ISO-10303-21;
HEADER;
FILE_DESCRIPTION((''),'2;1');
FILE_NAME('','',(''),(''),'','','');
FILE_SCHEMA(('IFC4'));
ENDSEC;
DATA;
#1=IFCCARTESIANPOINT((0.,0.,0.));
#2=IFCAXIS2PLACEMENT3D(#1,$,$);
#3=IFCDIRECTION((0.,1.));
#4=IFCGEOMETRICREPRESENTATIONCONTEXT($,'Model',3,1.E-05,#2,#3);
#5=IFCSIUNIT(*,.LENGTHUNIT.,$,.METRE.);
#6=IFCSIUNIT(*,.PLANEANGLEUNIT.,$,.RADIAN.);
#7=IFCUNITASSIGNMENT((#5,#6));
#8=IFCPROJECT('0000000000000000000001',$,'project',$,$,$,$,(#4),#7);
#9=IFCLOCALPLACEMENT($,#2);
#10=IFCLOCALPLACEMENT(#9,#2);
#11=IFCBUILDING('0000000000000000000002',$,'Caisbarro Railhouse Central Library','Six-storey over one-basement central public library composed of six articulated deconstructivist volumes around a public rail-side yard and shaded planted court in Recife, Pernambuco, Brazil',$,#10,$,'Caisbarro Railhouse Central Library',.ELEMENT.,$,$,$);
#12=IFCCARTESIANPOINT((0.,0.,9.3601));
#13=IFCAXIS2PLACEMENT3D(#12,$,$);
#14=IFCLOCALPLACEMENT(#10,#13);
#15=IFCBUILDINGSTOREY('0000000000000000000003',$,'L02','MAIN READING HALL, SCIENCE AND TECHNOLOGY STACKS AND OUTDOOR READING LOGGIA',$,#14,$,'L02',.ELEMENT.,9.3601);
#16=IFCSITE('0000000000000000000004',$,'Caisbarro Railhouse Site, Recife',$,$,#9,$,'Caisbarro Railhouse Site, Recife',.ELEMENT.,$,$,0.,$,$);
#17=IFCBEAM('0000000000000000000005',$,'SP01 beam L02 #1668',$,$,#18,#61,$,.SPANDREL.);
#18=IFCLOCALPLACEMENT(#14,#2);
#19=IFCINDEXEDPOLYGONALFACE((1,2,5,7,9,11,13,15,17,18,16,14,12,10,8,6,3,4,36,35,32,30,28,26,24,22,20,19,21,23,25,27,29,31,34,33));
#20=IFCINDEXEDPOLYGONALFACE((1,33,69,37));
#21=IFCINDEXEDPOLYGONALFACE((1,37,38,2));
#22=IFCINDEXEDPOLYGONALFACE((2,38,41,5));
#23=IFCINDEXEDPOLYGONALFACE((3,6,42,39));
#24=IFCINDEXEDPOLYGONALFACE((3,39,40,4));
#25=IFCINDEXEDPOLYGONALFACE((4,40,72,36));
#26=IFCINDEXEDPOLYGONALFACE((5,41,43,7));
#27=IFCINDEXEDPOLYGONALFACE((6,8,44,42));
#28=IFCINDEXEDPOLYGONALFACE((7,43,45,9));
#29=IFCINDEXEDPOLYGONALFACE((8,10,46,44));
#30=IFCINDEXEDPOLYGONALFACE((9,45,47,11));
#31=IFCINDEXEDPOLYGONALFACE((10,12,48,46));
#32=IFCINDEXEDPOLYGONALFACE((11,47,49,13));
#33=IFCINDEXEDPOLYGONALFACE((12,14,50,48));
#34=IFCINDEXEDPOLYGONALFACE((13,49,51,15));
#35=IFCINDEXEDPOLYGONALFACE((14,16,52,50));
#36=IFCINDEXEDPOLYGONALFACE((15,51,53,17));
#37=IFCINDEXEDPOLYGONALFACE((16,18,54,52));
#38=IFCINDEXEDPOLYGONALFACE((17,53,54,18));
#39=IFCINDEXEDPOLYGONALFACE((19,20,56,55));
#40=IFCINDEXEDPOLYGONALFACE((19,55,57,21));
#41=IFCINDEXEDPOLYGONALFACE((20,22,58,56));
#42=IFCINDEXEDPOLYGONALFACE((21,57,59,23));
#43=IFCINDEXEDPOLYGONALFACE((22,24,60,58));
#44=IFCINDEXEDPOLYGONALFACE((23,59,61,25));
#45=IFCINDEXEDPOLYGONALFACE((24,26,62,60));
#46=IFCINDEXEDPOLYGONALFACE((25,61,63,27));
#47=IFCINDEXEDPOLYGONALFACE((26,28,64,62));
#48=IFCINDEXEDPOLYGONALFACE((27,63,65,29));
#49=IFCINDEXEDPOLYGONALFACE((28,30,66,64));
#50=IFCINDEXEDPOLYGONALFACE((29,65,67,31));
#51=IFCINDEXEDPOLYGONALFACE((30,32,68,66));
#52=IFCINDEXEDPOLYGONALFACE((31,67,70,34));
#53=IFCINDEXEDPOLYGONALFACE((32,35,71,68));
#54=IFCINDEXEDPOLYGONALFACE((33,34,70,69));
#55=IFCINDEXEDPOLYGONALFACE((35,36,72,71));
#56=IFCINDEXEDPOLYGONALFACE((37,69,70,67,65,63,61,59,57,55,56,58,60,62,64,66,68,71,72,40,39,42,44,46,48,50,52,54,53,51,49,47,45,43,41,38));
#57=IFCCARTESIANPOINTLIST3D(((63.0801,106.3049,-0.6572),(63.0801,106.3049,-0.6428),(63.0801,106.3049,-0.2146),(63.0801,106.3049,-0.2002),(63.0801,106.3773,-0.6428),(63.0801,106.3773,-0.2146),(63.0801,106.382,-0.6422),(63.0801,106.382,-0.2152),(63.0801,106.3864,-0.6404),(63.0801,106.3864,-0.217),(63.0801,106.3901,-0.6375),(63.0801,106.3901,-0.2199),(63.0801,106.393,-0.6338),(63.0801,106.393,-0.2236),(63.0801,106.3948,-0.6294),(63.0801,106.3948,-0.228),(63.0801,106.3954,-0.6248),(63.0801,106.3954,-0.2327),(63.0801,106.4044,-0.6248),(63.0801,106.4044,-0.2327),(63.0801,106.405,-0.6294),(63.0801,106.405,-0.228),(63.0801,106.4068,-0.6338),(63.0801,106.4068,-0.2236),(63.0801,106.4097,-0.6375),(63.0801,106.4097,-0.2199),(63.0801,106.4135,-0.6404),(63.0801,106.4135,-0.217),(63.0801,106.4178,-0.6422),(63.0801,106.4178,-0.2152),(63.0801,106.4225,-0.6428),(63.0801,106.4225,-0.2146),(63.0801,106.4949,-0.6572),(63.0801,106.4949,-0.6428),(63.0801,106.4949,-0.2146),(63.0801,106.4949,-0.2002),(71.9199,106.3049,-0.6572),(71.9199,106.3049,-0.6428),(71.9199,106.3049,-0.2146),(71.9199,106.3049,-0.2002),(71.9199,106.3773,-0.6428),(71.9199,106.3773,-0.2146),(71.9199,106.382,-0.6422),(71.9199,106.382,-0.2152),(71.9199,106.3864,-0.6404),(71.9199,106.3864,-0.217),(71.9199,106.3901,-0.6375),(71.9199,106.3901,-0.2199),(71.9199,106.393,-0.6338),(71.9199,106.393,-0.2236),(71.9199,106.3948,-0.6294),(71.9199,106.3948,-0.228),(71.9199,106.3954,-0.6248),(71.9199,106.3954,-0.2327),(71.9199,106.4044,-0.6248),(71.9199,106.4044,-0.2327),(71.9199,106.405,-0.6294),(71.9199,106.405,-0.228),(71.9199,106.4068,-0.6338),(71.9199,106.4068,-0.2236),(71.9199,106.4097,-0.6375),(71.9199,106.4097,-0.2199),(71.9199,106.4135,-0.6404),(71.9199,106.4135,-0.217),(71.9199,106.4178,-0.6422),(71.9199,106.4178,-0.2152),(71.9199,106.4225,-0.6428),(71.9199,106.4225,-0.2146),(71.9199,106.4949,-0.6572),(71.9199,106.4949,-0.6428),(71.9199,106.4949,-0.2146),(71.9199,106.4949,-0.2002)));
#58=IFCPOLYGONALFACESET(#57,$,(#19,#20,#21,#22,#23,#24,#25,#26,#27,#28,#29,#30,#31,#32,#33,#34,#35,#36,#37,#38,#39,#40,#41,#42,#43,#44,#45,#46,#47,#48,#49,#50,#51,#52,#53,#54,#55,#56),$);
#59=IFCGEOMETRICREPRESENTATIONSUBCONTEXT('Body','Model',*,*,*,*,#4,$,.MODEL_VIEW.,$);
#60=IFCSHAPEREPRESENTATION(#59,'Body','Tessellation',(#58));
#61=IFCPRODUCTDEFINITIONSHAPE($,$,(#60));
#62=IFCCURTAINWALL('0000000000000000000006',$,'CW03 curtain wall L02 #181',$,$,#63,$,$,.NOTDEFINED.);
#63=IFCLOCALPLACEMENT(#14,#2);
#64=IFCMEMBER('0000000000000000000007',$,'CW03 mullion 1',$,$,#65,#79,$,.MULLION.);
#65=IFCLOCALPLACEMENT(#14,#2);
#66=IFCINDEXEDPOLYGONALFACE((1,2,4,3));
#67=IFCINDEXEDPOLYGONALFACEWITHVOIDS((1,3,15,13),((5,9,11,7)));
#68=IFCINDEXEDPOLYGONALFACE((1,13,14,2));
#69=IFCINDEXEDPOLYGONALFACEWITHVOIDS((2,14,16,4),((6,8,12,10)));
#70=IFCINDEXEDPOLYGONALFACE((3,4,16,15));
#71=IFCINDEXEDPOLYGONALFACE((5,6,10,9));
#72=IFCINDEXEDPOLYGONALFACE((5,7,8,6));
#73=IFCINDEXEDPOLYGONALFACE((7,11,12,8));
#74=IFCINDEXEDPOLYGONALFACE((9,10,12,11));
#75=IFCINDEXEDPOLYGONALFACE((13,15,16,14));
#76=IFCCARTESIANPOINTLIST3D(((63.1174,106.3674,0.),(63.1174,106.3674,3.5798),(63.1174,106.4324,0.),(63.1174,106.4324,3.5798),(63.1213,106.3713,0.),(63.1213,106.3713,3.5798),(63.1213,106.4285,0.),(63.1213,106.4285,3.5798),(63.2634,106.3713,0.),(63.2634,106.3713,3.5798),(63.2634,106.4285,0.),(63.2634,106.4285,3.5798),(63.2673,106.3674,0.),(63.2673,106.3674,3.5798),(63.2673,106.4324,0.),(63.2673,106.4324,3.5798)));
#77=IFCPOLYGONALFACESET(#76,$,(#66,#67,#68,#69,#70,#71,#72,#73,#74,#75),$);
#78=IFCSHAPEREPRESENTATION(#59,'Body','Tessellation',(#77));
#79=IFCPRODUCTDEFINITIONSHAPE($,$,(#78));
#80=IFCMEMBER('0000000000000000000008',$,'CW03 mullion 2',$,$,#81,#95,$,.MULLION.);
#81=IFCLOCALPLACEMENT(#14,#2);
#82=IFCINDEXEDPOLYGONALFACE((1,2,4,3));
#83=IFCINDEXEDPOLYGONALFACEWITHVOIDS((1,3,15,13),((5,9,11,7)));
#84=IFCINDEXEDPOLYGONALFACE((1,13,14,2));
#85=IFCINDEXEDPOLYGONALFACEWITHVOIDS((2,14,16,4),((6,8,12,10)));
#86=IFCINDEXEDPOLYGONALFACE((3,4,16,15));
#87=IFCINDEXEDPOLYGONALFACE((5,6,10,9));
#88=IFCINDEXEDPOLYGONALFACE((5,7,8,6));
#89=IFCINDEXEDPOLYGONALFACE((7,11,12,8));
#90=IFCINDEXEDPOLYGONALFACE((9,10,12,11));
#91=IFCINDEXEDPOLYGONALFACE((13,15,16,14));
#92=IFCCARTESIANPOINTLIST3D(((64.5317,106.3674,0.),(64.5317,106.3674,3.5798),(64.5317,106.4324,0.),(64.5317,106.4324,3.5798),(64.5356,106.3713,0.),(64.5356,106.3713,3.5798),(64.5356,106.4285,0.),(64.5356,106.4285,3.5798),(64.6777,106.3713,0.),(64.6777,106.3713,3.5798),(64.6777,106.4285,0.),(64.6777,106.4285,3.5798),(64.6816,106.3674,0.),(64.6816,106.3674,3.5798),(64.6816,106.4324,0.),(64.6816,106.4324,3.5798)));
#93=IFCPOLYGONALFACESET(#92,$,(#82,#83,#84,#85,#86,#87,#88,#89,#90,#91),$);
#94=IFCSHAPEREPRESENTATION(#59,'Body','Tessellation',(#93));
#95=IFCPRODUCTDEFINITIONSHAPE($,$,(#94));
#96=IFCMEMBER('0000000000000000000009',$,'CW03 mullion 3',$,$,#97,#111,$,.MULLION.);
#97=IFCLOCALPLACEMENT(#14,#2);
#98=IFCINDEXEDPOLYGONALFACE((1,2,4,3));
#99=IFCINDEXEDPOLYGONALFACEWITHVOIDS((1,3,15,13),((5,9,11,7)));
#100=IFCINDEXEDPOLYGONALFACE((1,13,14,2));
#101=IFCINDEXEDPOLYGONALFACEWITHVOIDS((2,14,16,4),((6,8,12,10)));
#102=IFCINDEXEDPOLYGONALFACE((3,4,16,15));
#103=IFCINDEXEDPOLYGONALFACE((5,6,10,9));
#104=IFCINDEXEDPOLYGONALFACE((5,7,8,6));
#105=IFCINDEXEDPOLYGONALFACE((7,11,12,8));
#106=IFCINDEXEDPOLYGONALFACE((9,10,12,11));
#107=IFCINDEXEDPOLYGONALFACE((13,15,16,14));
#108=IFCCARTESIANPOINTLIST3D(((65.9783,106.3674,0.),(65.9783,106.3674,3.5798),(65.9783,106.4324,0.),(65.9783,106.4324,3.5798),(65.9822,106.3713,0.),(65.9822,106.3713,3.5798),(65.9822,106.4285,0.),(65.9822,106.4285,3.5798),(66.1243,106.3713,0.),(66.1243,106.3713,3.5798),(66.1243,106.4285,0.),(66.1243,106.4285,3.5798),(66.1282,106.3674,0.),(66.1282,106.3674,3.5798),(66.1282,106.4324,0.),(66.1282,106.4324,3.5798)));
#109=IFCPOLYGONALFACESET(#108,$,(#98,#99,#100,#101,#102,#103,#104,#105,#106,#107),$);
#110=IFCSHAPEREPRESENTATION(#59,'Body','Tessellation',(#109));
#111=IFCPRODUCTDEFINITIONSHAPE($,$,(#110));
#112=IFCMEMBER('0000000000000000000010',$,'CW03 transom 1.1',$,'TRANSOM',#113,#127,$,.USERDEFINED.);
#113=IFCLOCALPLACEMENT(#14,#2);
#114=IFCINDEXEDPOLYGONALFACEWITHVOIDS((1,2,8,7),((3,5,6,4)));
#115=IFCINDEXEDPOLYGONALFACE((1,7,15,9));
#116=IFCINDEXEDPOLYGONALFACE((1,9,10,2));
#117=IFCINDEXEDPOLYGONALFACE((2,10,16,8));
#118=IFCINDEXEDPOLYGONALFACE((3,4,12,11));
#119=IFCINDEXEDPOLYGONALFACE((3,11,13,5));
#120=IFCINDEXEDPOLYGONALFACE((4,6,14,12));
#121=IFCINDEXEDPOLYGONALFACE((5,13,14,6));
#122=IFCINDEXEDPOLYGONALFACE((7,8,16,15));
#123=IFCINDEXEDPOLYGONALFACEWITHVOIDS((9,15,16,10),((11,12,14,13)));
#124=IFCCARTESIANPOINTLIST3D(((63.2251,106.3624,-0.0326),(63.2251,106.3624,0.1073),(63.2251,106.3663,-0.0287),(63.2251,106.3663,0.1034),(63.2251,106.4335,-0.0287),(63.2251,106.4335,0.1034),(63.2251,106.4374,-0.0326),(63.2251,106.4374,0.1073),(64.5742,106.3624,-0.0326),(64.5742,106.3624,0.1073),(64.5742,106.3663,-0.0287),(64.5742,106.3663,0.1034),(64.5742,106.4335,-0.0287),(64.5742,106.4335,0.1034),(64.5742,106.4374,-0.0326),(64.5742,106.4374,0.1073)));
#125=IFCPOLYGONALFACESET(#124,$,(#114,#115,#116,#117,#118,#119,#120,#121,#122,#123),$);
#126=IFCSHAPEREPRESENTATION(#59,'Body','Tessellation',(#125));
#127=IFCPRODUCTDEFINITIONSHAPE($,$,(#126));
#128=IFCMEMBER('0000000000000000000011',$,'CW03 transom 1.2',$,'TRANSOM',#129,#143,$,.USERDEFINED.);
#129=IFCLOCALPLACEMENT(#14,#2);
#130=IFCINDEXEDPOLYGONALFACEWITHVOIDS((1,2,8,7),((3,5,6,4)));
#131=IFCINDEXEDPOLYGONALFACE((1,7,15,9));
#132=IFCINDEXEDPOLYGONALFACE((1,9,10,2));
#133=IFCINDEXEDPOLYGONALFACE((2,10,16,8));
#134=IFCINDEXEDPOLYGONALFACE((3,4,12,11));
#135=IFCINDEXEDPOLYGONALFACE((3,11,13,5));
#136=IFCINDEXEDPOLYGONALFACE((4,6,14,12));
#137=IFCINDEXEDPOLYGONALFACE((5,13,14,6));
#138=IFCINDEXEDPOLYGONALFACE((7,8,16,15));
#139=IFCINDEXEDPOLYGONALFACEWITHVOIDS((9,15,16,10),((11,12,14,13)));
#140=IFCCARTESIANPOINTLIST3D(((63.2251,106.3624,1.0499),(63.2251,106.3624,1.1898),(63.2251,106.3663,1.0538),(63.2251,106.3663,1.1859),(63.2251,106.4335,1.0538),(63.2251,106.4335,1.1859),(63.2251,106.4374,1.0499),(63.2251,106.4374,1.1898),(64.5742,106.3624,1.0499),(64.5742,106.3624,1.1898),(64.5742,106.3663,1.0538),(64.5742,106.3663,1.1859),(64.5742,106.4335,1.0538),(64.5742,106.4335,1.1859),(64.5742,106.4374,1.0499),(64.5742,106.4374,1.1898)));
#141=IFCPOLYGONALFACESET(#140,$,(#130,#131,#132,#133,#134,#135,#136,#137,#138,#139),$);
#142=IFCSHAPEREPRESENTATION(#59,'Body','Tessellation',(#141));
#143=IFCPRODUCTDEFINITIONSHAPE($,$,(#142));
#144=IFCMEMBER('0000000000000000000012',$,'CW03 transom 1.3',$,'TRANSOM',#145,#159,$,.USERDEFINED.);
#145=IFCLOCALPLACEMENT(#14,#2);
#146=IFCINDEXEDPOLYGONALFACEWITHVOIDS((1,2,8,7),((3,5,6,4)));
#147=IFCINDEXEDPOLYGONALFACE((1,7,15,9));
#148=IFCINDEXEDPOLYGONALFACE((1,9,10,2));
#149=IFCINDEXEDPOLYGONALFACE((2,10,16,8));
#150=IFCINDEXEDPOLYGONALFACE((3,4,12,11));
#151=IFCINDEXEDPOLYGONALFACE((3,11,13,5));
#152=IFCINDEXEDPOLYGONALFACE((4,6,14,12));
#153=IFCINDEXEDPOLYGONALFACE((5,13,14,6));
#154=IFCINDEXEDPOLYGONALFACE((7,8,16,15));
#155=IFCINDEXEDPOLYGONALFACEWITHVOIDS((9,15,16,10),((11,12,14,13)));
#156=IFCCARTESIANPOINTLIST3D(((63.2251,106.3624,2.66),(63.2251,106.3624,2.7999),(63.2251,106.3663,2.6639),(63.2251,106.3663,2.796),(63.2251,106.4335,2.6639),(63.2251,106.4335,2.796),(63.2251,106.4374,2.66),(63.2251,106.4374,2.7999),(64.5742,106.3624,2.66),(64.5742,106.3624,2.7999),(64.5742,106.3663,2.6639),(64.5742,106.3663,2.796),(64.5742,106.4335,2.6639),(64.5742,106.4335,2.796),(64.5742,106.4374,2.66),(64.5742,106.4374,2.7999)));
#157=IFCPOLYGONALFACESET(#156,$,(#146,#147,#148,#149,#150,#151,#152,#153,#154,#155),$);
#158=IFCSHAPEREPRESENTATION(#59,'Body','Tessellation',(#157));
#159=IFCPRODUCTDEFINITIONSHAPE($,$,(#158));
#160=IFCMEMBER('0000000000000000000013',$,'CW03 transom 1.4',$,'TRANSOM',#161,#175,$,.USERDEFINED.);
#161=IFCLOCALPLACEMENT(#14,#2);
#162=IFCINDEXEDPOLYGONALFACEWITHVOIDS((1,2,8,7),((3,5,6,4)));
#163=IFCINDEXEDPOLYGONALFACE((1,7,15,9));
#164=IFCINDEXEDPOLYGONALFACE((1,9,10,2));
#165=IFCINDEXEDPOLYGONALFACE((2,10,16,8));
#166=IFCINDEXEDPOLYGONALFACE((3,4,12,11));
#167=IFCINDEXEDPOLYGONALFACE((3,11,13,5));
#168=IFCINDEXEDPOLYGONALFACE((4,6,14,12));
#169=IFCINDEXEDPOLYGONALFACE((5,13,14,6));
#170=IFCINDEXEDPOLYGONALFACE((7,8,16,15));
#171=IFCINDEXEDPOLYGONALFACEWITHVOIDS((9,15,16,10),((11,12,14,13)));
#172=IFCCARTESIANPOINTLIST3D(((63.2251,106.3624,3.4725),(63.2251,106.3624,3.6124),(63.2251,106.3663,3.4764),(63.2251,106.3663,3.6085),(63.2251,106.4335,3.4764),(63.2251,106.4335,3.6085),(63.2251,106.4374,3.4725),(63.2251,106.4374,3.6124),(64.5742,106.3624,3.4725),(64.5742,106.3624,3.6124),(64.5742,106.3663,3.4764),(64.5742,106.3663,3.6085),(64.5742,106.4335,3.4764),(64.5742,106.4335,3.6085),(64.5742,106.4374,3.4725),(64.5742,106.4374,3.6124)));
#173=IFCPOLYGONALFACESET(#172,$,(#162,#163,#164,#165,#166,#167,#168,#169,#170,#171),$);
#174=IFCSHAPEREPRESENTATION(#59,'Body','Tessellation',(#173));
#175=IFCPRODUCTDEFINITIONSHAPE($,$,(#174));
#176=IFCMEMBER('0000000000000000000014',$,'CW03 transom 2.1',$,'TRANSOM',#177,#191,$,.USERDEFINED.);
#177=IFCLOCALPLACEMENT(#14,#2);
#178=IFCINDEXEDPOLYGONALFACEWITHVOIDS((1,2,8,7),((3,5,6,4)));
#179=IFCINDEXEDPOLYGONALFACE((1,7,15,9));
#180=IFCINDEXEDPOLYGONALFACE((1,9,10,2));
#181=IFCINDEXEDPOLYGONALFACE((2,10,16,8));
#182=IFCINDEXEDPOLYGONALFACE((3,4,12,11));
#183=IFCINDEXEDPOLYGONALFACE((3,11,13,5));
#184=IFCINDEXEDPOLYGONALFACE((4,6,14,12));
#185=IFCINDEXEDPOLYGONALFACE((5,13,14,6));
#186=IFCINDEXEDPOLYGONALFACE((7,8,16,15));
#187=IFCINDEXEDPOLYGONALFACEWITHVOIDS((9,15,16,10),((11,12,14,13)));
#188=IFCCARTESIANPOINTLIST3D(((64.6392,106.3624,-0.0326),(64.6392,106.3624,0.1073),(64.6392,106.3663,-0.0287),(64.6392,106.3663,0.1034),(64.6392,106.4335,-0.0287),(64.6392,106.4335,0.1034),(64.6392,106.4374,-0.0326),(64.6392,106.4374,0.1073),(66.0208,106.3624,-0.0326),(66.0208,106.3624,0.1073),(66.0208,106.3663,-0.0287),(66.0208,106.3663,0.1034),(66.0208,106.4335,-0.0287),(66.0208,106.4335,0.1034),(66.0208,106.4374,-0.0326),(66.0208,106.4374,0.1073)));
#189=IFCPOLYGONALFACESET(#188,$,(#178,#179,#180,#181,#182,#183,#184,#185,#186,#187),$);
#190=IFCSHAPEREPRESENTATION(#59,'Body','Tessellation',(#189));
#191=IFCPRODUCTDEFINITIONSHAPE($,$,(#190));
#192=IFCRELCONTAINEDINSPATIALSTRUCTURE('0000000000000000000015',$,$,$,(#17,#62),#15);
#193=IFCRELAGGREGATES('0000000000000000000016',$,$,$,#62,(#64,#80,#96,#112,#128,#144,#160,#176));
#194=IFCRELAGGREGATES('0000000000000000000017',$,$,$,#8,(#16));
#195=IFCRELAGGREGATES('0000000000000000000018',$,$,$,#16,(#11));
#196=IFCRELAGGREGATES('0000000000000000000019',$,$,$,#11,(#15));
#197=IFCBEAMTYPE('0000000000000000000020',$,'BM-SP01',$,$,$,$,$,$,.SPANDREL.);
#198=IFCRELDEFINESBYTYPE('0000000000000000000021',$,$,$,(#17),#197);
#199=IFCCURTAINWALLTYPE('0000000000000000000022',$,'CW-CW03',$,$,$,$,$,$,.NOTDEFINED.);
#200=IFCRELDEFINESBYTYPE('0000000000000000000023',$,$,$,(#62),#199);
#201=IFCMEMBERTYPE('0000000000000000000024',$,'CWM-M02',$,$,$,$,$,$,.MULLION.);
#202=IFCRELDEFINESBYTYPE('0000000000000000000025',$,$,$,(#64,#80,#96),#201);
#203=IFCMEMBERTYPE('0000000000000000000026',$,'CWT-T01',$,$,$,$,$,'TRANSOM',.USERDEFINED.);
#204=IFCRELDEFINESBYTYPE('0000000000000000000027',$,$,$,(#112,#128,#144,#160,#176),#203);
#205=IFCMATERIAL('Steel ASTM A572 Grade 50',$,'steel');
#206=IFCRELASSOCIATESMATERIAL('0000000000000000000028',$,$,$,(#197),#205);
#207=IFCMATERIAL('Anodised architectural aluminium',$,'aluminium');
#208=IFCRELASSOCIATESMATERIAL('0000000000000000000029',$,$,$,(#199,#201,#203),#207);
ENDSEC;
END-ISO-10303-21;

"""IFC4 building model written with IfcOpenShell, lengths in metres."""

from ifc_helpers import new_model, si_unit, direction, frame, origin, origin_2d, place, context, subcontext, project, spatial, hollow_rectangle, i_section, extrude, material, material_profile, profile_set, type_object, element, aggregate, save


model = new_model("IFC4")

# Units and contexts
model_context = context("Model", 3, precision=1e-05, world=origin(), true_north=direction((0.0, 1.0)))
body_context = subcontext(model_context, "Body", "Model", "MODEL_VIEW")
ifc_project = project(units=[si_unit("LENGTHUNIT", "METRE"), si_unit("PLANEANGLEUNIT", "RADIAN")], contexts=[model_context])

# Site, building, storey
site_placement = place(None, origin())
site = spatial("IfcSite", under=ifc_project, at=site_placement, Name="Caisbarro Railhouse Site, Recife", LongName="Caisbarro Railhouse Site, Recife", CompositionType="ELEMENT", RefElevation=0.0)
building_placement = place(site_placement, origin())
building = spatial("IfcBuilding", under=site, at=building_placement, Name="Caisbarro Railhouse Central Library", Description="Six-storey over one-basement central public library composed of six articulated deconstructivist volumes around a public rail-side yard and shaded planted court in Recife, Pernambuco, Brazil", LongName="Caisbarro Railhouse Central Library", CompositionType="ELEMENT")
storey_placement = place(building_placement, frame((0.0, 0.0, 9.3601)))
storey = spatial("IfcBuildingStorey", under=building, at=storey_placement, Name="L02", Description="MAIN READING HALL, SCIENCE AND TECHNOLOGY STACKS AND OUTDOOR READING LOGGIA", LongName="L02", CompositionType="ELEMENT", Elevation=9.3601)

# Shared definitions
ifc_material_1 = material(Name="Steel ASTM A572 Grade 50", Category="steel")

# Beam
ifc_material_profile_1 = material_profile(ifc_material_1, i_section(OverallWidth=0.1899, OverallDepth=0.457, WebThickness=0.009, FlangeThickness=0.0144, FilletRadius=0.0181, at=origin_2d()), Name="W460X74.0")
ifc_profile_set_1 = profile_set([ifc_material_profile_1], Name="Steel ASTM A572 Grade 50")
beam_type_1 = type_object("IfcBeamType", Name="BM-SP01", PredefinedType="SPANDREL", material=ifc_profile_set_1)
beam_1_placement = place(storey_placement, frame((63.0801, 106.3999, -0.4287), z_axis=(1.0, 0.0, 0.0), x_axis=(0.0, 1.0, 0.0)))
element("IfcBeam", 1, at=beam_1_placement, inside=storey, type_object=beam_type_1, Name="SP01 beam L02 #1668", PredefinedType="SPANDREL", context=body_context, shape_type="SweptSolid", body=[
    extrude(i_section(OverallWidth=0.1899, OverallDepth=0.457, WebThickness=0.009, FlangeThickness=0.0144, FilletRadius=0.0181, at=origin_2d()), origin(), (0.0, 0.0, 1.0), 8.8398),
])

# Curtain wall, members
ifc_material_2 = material(Name="Anodised architectural aluminium", Category="aluminium")
curtain_wall_type = type_object("IfcCurtainWallType", Name="CW-CW03", PredefinedType="NOTDEFINED", material=ifc_material_2)
curtain_wall_placement = place(storey_placement, origin())
curtain_wall = element("IfcCurtainWall", 2, at=curtain_wall_placement, inside=storey, type_object=curtain_wall_type, Name="CW03 curtain wall L02 #181", PredefinedType="NOTDEFINED")
ifc_material_profile_2 = material_profile(ifc_material_2, hollow_rectangle(XDim=0.0649, YDim=0.1499, WallThickness=0.0039, at=origin_2d()), Name="ALU-MUL-65X150")
ifc_profile_set_2 = profile_set([ifc_material_profile_2], Name="Anodised architectural aluminium")
member_type_1 = type_object("IfcMemberType", Name="CWM-M02", PredefinedType="MULLION", material=ifc_profile_set_2)
member_1_placement = place(storey_placement, frame((63.1924, 106.3999, 0.0), z_axis=(0.0, 0.0, 1.0), x_axis=(0.0, 1.0, 0.0)))
member_1 = element("IfcMember", 3, at=member_1_placement, type_object=member_type_1, Name="CW03 mullion 1", PredefinedType="MULLION", context=body_context, shape_type="SweptSolid", body=[
    extrude(hollow_rectangle(XDim=0.0649, YDim=0.1499, WallThickness=0.0039, at=origin_2d()), origin(), (0.0, 0.0, 1.0), 3.5798),
])
member_2_placement = place(storey_placement, frame((64.6067, 106.3999, 0.0), z_axis=(0.0, 0.0, 1.0), x_axis=(0.0, 1.0, 0.0)))
member_2 = element("IfcMember", 4, at=member_2_placement, type_object=member_type_1, Name="CW03 mullion 2", PredefinedType="MULLION", context=body_context, shape_type="SweptSolid", body=[
    extrude(hollow_rectangle(XDim=0.0649, YDim=0.1499, WallThickness=0.0039, at=origin_2d()), origin(), (0.0, 0.0, 1.0), 3.5798),
])
member_3_placement = place(storey_placement, frame((66.0532, 106.3999, 0.0), z_axis=(0.0, 0.0, 1.0), x_axis=(0.0, 1.0, 0.0)))
member_3 = element("IfcMember", 5, at=member_3_placement, type_object=member_type_1, Name="CW03 mullion 3", PredefinedType="MULLION", context=body_context, shape_type="SweptSolid", body=[
    extrude(hollow_rectangle(XDim=0.0649, YDim=0.1499, WallThickness=0.0039, at=origin_2d()), origin(), (0.0, 0.0, 1.0), 3.5798),
])
ifc_material_profile_3 = material_profile(ifc_material_2, hollow_rectangle(XDim=0.075, YDim=0.1399, WallThickness=0.0039, at=origin_2d()), Name="ALU-TRN-75X140")
ifc_profile_set_3 = profile_set([ifc_material_profile_3], Name="Anodised architectural aluminium")
member_type_2 = type_object("IfcMemberType", Name="CWT-T01", ElementType="TRANSOM", PredefinedType="USERDEFINED", material=ifc_profile_set_3)
member_4_placement = place(storey_placement, frame((63.2251, 106.3999, 0.0374), z_axis=(1.0, 0.0, 0.0), x_axis=(0.0, 1.0, 0.0)))
member_4 = element("IfcMember", 6, at=member_4_placement, type_object=member_type_2, Name="CW03 transom 1.1", ObjectType="TRANSOM", PredefinedType="USERDEFINED", context=body_context, shape_type="SweptSolid", body=[
    extrude(hollow_rectangle(XDim=0.075, YDim=0.1399, WallThickness=0.0039, at=origin_2d()), origin(), (0.0, 0.0, 1.0), 1.3491),
])
member_5_placement = place(storey_placement, frame((63.2251, 106.3999, 1.1199), z_axis=(1.0, 0.0, 0.0), x_axis=(0.0, 1.0, 0.0)))
member_5 = element("IfcMember", 7, at=member_5_placement, type_object=member_type_2, Name="CW03 transom 1.2", ObjectType="TRANSOM", PredefinedType="USERDEFINED", context=body_context, shape_type="SweptSolid", body=[
    extrude(hollow_rectangle(XDim=0.075, YDim=0.1399, WallThickness=0.0039, at=origin_2d()), origin(), (0.0, 0.0, 1.0), 1.3491),
])
member_6_placement = place(storey_placement, frame((63.2251, 106.3999, 2.73), z_axis=(1.0, 0.0, 0.0), x_axis=(0.0, 1.0, 0.0)))
member_6 = element("IfcMember", 8, at=member_6_placement, type_object=member_type_2, Name="CW03 transom 1.3", ObjectType="TRANSOM", PredefinedType="USERDEFINED", context=body_context, shape_type="SweptSolid", body=[
    extrude(hollow_rectangle(XDim=0.075, YDim=0.1399, WallThickness=0.0039, at=origin_2d()), origin(), (0.0, 0.0, 1.0), 1.3491),
])
member_7_placement = place(storey_placement, frame((63.2251, 106.3999, 3.5425), z_axis=(1.0, 0.0, 0.0), x_axis=(0.0, 1.0, 0.0)))
member_7 = element("IfcMember", 9, at=member_7_placement, type_object=member_type_2, Name="CW03 transom 1.4", ObjectType="TRANSOM", PredefinedType="USERDEFINED", context=body_context, shape_type="SweptSolid", body=[
    extrude(hollow_rectangle(XDim=0.075, YDim=0.1399, WallThickness=0.0039, at=origin_2d()), origin(), (0.0, 0.0, 1.0), 1.3491),
])
member_8_placement = place(storey_placement, frame((64.6392, 106.3999, 0.0374), z_axis=(1.0, 0.0, 0.0), x_axis=(0.0, 1.0, 0.0)))
member_8 = element("IfcMember", 10, at=member_8_placement, type_object=member_type_2, Name="CW03 transom 2.1", ObjectType="TRANSOM", PredefinedType="USERDEFINED", context=body_context, shape_type="SweptSolid", body=[
    extrude(hollow_rectangle(XDim=0.075, YDim=0.1399, WallThickness=0.0039, at=origin_2d()), origin(), (0.0, 0.0, 1.0), 1.3816),
])
aggregate(curtain_wall, [member_1, member_2, member_3, member_4, member_5, member_6, member_7, member_8])

save(model, "model.ifc")
